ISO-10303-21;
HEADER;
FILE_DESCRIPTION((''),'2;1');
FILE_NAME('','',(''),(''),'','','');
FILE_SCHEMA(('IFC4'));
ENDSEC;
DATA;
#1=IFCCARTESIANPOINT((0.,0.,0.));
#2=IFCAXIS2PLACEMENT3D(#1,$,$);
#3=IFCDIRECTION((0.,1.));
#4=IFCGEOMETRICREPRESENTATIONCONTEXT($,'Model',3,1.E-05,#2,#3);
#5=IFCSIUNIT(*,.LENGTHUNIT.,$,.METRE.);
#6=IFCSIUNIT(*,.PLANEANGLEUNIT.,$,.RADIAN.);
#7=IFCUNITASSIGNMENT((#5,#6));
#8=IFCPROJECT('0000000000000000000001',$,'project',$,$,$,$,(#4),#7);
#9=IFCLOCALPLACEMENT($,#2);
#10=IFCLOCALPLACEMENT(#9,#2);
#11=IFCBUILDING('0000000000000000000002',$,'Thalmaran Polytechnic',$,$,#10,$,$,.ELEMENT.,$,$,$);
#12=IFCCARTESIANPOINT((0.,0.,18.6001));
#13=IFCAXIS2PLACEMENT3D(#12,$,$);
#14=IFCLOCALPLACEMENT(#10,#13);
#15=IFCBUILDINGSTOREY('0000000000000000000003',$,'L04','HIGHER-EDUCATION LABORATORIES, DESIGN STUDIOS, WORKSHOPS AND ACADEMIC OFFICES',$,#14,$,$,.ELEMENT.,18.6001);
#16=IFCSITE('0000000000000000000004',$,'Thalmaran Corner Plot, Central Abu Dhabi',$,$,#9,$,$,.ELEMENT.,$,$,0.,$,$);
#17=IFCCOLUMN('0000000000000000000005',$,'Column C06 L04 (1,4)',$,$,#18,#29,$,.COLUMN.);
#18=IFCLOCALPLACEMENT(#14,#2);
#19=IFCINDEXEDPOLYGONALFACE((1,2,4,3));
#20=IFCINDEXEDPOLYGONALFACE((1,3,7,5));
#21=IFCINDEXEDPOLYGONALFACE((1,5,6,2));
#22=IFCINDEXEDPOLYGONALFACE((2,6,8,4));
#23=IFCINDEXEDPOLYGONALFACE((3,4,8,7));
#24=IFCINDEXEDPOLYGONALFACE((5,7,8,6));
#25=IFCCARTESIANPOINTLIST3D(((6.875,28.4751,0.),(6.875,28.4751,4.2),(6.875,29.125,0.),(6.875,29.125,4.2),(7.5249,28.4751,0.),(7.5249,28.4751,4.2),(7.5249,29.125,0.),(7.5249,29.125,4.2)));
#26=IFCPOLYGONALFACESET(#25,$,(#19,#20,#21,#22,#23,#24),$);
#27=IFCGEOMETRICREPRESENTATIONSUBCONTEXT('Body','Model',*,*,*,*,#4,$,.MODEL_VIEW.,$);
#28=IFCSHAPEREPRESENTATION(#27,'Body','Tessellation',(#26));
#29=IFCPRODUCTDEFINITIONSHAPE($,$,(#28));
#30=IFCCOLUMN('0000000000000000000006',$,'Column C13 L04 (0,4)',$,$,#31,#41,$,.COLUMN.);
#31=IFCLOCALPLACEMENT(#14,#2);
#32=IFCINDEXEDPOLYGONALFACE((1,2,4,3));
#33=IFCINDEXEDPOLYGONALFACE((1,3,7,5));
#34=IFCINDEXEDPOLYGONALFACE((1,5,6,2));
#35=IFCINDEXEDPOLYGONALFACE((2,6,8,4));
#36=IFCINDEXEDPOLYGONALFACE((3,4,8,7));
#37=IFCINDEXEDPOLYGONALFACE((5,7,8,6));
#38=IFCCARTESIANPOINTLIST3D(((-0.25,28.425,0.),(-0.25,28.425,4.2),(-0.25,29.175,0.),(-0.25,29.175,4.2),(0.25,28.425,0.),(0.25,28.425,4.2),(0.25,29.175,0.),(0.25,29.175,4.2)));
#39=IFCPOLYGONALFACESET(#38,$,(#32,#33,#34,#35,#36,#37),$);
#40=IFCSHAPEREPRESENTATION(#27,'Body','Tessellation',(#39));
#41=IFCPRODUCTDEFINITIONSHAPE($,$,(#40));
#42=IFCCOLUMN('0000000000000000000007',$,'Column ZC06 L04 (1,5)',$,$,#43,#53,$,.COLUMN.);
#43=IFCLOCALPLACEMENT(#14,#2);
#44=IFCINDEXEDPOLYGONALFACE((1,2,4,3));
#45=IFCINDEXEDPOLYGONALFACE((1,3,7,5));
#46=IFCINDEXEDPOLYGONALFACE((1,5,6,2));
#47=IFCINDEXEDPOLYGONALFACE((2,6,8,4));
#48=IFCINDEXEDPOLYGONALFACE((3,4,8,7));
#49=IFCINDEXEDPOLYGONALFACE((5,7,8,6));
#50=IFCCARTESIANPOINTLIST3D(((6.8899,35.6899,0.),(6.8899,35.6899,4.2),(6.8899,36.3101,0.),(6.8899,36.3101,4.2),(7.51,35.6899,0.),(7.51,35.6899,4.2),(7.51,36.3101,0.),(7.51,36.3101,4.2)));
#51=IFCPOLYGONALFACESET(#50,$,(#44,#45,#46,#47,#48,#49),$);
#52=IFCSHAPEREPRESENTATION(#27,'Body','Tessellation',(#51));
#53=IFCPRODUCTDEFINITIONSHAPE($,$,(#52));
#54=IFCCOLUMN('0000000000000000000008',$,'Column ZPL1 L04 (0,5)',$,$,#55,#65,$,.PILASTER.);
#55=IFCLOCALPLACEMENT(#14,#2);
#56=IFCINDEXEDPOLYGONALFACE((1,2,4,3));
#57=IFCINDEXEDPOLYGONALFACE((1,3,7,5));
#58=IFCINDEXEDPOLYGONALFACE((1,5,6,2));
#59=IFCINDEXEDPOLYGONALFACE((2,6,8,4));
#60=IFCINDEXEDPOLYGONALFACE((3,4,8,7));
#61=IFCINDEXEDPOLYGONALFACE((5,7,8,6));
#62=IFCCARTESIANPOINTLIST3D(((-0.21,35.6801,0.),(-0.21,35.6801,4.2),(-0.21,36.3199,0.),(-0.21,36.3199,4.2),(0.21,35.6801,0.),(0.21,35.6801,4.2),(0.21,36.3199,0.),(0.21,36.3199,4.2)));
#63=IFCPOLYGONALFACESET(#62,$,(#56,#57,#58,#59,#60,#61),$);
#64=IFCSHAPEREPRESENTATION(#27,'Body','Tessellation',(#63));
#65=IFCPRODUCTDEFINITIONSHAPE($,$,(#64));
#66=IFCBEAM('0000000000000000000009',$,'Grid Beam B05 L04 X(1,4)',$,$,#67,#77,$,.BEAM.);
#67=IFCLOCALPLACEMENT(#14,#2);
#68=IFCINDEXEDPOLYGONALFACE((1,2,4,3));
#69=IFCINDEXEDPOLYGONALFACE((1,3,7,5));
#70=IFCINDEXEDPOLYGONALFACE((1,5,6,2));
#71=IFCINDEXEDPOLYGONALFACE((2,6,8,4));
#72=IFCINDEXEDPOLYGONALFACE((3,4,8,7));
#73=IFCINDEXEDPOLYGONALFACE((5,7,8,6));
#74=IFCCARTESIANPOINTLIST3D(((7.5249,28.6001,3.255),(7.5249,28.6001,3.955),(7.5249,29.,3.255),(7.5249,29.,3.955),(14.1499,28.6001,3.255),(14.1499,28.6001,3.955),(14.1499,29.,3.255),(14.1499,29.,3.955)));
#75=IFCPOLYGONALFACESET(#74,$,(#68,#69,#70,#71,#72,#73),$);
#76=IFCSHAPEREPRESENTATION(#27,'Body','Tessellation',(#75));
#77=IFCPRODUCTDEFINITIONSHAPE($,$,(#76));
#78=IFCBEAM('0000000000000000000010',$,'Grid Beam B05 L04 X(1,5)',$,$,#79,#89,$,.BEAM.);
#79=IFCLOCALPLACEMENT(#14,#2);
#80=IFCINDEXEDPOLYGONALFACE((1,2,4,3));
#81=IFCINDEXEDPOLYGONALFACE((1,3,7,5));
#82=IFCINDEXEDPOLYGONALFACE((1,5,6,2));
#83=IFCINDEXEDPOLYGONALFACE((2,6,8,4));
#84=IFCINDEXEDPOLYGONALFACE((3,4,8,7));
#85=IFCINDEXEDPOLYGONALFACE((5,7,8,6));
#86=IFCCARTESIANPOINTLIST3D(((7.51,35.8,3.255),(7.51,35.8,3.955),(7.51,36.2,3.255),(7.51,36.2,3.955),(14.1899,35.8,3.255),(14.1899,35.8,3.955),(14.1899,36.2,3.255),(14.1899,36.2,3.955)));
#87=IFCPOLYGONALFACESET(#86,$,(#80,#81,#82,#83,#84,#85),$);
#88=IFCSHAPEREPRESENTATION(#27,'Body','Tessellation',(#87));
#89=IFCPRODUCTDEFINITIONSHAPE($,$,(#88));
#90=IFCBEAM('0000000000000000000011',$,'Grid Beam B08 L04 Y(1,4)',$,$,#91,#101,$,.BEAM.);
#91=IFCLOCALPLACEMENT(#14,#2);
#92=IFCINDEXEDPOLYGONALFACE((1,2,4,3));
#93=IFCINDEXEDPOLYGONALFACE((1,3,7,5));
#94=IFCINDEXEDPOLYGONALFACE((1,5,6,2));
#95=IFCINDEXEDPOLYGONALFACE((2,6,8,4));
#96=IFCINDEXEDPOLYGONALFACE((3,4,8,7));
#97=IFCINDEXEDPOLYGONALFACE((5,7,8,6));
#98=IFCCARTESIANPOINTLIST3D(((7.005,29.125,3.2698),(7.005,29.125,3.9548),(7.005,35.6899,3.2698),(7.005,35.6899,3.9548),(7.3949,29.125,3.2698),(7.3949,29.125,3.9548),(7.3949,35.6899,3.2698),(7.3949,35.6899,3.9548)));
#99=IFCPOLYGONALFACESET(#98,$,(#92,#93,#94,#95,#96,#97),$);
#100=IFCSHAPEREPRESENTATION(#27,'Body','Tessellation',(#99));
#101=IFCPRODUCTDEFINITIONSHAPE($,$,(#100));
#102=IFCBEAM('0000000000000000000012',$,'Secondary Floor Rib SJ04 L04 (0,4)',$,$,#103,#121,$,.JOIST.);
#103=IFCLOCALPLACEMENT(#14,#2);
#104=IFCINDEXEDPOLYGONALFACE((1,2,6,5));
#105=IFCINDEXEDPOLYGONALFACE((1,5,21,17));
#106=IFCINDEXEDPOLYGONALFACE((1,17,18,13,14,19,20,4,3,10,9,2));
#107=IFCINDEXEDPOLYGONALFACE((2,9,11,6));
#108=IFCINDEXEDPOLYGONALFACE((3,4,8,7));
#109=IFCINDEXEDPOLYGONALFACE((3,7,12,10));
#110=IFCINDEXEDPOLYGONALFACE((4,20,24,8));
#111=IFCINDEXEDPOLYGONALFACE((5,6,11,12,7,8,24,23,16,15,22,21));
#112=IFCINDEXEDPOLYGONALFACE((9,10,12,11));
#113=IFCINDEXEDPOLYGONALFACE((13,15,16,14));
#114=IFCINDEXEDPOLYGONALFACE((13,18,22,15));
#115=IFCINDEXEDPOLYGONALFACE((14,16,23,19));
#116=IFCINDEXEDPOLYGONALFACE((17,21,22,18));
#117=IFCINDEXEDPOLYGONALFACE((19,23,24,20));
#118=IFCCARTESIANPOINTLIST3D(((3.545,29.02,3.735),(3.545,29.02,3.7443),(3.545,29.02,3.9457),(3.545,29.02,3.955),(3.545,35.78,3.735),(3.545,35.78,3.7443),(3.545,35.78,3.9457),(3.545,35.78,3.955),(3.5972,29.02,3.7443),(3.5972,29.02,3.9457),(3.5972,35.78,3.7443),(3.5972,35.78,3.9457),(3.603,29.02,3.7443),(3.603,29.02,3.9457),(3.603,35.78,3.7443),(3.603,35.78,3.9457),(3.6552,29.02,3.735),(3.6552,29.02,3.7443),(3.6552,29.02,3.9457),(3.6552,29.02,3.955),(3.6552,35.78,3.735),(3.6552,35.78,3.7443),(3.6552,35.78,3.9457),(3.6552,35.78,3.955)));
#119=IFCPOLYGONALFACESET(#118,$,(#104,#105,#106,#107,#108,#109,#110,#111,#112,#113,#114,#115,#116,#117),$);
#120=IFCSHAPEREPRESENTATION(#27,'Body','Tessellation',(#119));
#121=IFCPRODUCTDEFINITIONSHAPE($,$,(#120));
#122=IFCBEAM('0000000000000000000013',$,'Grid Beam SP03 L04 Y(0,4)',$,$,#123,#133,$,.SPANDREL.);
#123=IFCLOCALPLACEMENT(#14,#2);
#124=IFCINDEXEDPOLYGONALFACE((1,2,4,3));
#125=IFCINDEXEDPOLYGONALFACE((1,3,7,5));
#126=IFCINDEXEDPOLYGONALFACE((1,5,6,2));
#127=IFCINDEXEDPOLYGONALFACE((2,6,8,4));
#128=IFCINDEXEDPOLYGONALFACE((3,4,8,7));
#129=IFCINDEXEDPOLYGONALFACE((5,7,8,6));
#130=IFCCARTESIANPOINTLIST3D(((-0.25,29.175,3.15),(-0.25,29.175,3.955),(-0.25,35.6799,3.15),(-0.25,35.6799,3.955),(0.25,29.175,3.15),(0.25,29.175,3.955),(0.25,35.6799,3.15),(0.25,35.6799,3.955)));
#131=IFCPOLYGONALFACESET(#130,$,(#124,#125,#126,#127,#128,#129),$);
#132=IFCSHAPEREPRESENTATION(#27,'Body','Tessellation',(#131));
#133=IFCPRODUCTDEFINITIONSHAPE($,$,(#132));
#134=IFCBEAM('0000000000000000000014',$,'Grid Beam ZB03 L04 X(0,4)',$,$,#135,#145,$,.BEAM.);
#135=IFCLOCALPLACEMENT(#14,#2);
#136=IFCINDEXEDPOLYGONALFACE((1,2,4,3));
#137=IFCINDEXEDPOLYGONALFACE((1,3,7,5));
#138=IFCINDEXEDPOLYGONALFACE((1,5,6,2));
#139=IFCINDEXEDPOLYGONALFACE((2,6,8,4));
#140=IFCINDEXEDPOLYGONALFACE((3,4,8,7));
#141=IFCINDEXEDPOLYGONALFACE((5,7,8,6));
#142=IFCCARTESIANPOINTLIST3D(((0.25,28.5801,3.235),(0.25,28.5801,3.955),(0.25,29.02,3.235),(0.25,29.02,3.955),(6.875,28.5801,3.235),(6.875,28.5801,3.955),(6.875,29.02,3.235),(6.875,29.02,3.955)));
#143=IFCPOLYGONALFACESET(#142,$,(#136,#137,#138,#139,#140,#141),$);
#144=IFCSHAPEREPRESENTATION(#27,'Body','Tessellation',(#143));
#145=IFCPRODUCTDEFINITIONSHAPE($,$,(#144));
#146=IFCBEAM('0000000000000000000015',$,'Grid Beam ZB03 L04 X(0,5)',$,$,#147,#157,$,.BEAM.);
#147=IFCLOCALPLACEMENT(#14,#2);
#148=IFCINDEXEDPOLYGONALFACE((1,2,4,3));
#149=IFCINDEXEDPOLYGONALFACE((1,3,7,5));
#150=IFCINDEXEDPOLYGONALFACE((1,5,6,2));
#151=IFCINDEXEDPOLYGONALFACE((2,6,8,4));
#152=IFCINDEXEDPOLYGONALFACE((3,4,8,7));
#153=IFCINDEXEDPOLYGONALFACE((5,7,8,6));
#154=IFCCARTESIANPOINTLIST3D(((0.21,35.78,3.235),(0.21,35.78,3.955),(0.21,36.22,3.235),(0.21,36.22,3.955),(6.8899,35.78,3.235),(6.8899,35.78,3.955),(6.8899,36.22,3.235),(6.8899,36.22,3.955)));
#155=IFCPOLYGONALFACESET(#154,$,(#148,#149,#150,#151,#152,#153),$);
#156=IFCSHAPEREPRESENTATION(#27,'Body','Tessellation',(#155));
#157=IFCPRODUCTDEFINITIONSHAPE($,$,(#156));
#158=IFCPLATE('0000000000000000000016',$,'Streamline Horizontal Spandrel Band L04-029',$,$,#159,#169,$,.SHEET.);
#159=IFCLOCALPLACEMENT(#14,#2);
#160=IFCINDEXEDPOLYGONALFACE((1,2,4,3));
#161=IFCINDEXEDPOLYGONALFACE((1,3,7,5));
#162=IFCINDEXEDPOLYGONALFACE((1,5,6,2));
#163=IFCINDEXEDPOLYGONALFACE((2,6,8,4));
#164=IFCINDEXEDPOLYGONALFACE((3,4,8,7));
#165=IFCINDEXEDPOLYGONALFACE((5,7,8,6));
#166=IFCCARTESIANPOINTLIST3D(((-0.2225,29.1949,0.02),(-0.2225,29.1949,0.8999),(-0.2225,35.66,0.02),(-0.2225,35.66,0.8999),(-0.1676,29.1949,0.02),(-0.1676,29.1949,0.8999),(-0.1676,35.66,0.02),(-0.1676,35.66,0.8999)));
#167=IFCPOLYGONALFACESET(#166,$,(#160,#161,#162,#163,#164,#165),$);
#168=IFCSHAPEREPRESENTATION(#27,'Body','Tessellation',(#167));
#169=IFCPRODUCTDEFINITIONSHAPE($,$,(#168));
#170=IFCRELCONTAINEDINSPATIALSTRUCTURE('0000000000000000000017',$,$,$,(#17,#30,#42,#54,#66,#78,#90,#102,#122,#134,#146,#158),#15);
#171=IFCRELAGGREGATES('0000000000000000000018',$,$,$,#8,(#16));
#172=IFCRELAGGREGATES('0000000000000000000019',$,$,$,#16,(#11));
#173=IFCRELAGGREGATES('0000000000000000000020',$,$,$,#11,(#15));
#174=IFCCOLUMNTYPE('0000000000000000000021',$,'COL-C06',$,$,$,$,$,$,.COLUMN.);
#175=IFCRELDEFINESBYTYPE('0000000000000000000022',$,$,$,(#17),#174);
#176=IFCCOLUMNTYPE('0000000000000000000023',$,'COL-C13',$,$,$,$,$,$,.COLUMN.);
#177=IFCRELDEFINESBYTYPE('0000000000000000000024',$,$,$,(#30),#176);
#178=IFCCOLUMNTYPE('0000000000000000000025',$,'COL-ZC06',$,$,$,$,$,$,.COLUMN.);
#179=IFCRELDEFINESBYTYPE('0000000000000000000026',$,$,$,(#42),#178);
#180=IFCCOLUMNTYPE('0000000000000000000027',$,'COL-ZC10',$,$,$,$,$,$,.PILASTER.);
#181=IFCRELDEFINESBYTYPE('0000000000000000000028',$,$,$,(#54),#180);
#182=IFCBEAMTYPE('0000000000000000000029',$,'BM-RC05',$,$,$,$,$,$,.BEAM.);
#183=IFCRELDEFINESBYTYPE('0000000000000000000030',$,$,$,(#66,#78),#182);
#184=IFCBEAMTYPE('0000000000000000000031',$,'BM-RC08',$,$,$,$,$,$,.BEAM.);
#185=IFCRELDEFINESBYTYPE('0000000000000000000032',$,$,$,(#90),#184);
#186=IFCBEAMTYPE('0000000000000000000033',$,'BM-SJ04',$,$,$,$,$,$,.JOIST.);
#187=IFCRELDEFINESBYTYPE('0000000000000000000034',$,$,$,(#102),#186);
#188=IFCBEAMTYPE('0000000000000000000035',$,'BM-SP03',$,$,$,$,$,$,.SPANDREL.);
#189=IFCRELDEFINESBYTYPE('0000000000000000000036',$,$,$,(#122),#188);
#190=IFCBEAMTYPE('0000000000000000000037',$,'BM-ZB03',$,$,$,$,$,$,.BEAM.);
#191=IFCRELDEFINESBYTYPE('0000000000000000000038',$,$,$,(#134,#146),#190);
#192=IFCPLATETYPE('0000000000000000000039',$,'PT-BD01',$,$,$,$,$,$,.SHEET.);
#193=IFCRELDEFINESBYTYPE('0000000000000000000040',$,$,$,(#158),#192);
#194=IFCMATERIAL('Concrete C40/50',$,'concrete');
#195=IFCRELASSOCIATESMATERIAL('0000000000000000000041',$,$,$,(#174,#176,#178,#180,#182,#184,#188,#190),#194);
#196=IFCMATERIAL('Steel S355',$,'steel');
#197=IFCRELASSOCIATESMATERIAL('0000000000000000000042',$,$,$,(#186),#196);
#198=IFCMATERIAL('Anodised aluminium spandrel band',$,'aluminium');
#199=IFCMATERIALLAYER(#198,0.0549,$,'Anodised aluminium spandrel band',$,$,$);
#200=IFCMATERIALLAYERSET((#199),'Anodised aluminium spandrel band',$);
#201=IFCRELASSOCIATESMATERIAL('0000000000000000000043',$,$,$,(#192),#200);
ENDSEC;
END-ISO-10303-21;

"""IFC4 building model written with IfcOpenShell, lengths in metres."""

from ifc_helpers import new_model, si_unit, direction, frame, origin, origin_2d, place, context, subcontext, project, spatial, rectangle, i_section, extrude, material, layer, layer_set, material_profile, profile_set, type_object, element, save


model = new_model("IFC4")

# Units and contexts
model_context = context("Model", 3, precision=1e-05, world=origin(), true_north=direction((0.0, 1.0)))
body_context = subcontext(model_context, "Body", "Model", "MODEL_VIEW")
ifc_project = project(units=[si_unit("LENGTHUNIT", "METRE"), si_unit("PLANEANGLEUNIT", "RADIAN")], contexts=[model_context])

# Site, building, storey
site_placement = place(None, origin())
site = spatial("IfcSite", under=ifc_project, at=site_placement, Name="Thalmaran Corner Plot, Central Abu Dhabi", CompositionType="ELEMENT", RefElevation=0.0)
building_placement = place(site_placement, origin())
building = spatial("IfcBuilding", under=site, at=building_placement, Name="Thalmaran Polytechnic", CompositionType="ELEMENT")
storey_placement = place(building_placement, frame((0.0, 0.0, 18.6001)))
storey = spatial("IfcBuildingStorey", under=building, at=storey_placement, Name="L04", Description="HIGHER-EDUCATION LABORATORIES, DESIGN STUDIOS, WORKSHOPS AND ACADEMIC OFFICES", CompositionType="ELEMENT", Elevation=18.6001)

# Columns
ifc_material_1 = material(Name="Concrete C40/50", Category="concrete")
ifc_material_profile_1 = material_profile(ifc_material_1, rectangle(XDim=0.6499, YDim=0.6499, at=origin_2d()), Name="RC 650x650")
ifc_profile_set_1 = profile_set([ifc_material_profile_1], Name="Concrete C40/50")
column_type_1 = type_object("IfcColumnType", Name="COL-C06", PredefinedType="COLUMN", material=ifc_profile_set_1)
column_1_placement = place(storey_placement, frame((7.2, 28.8, 0.0), z_axis=(0.0, 0.0, 1.0), x_axis=(1.0, 0.0, 0.0)))
element("IfcColumn", 1, at=column_1_placement, inside=storey, type_object=column_type_1, Name="Column C06 L04 (1,4)", PredefinedType="COLUMN", context=body_context, shape_type="SweptSolid", body=[
    extrude(rectangle(XDim=0.6499, YDim=0.6499, at=origin_2d()), origin(), (0.0, 0.0, 1.0), 4.2),
])
ifc_material_profile_2 = material_profile(ifc_material_1, rectangle(XDim=0.5, YDim=0.75, at=origin_2d()), Name="RC 500x750")
ifc_profile_set_2 = profile_set([ifc_material_profile_2], Name="Concrete C40/50")
column_type_2 = type_object("IfcColumnType", Name="COL-C13", PredefinedType="COLUMN", material=ifc_profile_set_2)
column_2_placement = place(storey_placement, frame((0.0, 28.8, 0.0), z_axis=(0.0, 0.0, 1.0), x_axis=(1.0, 0.0, 0.0)))
element("IfcColumn", 2, at=column_2_placement, inside=storey, type_object=column_type_2, Name="Column C13 L04 (0,4)", PredefinedType="COLUMN", context=body_context, shape_type="SweptSolid", body=[
    extrude(rectangle(XDim=0.5, YDim=0.75, at=origin_2d()), origin(), (0.0, 0.0, 1.0), 4.2),
])
ifc_material_profile_3 = material_profile(ifc_material_1, rectangle(XDim=0.6201, YDim=0.6201, at=origin_2d()), Name="RC 620x620")
ifc_profile_set_3 = profile_set([ifc_material_profile_3], Name="Concrete C40/50")
column_type_3 = type_object("IfcColumnType", Name="COL-ZC06", PredefinedType="COLUMN", material=ifc_profile_set_3)
column_3_placement = place(storey_placement, frame((7.2, 36.0, 0.0), z_axis=(0.0, 0.0, 1.0), x_axis=(1.0, 0.0, 0.0)))
element("IfcColumn", 3, at=column_3_placement, inside=storey, type_object=column_type_3, Name="Column ZC06 L04 (1,5)", PredefinedType="COLUMN", context=body_context, shape_type="SweptSolid", body=[
    extrude(rectangle(XDim=0.6201, YDim=0.6201, at=origin_2d()), origin(), (0.0, 0.0, 1.0), 4.2),
])
ifc_material_profile_4 = material_profile(ifc_material_1, rectangle(XDim=0.4199, YDim=0.6399, at=origin_2d()), Name="RC 420x640")
ifc_profile_set_4 = profile_set([ifc_material_profile_4], Name="Concrete C40/50")
column_type_4 = type_object("IfcColumnType", Name="COL-ZC10", PredefinedType="PILASTER", material=ifc_profile_set_4)
column_4_placement = place(storey_placement, frame((0.0, 36.0, 0.0), z_axis=(0.0, 0.0, 1.0), x_axis=(1.0, 0.0, 0.0)))
element("IfcColumn", 4, at=column_4_placement, inside=storey, type_object=column_type_4, Name="Column ZPL1 L04 (0,5)", PredefinedType="PILASTER", context=body_context, shape_type="SweptSolid", body=[
    extrude(rectangle(XDim=0.4199, YDim=0.6399, at=origin_2d()), origin(), (0.0, 0.0, 1.0), 4.2),
])

# Beams
ifc_material_profile_5 = material_profile(ifc_material_1, rectangle(XDim=0.3999, YDim=0.7, at=origin_2d()), Name="RC 400x700")
ifc_profile_set_5 = profile_set([ifc_material_profile_5], Name="Concrete C40/50")
beam_type_1 = type_object("IfcBeamType", Name="BM-RC05", PredefinedType="BEAM", material=ifc_profile_set_5)
beam_1_placement = place(storey_placement, frame((7.5249, 28.8, 3.605), z_axis=(1.0, 0.0, 0.0), x_axis=(0.0, 1.0, 0.0)))
element("IfcBeam", 5, at=beam_1_placement, inside=storey, type_object=beam_type_1, Name="Grid Beam B05 L04 X(1,4)", PredefinedType="BEAM", context=body_context, shape_type="SweptSolid", body=[
    extrude(rectangle(XDim=0.3999, YDim=0.7, at=origin_2d()), origin(), (0.0, 0.0, 1.0), 6.625),
])
beam_2_placement = place(storey_placement, frame((7.51, 36.0, 3.605), z_axis=(1.0, 0.0, 0.0), x_axis=(0.0, 1.0, 0.0)))
element("IfcBeam", 6, at=beam_2_placement, inside=storey, type_object=beam_type_1, Name="Grid Beam B05 L04 X(1,5)", PredefinedType="BEAM", context=body_context, shape_type="SweptSolid", body=[
    extrude(rectangle(XDim=0.3999, YDim=0.7, at=origin_2d()), origin(), (0.0, 0.0, 1.0), 6.6799),
])
ifc_material_profile_6 = material_profile(ifc_material_1, rectangle(XDim=0.3899, YDim=0.6851, at=origin_2d()), Name="RC 390x685")
ifc_profile_set_6 = profile_set([ifc_material_profile_6], Name="Concrete C40/50")
beam_type_2 = type_object("IfcBeamType", Name="BM-RC08", PredefinedType="BEAM", material=ifc_profile_set_6)
beam_3_placement = place(storey_placement, frame((7.2, 29.125, 3.6123), z_axis=(0.0, 1.0, 0.0), x_axis=(-1.0, 0.0, 0.0)))
element("IfcBeam", 7, at=beam_3_placement, inside=storey, type_object=beam_type_2, Name="Grid Beam B08 L04 Y(1,4)", PredefinedType="BEAM", context=body_context, shape_type="SweptSolid", body=[
    extrude(rectangle(XDim=0.3899, YDim=0.6851, at=origin_2d()), origin(), (0.0, 0.0, 1.0), 6.5649),
])
ifc_material_2 = material(Name="Steel S355", Category="steel")
ifc_material_profile_7 = material_profile(ifc_material_2, i_section(OverallWidth=0.1101, OverallDepth=0.22, WebThickness=0.0059, FlangeThickness=0.0093, at=origin_2d()), Name="IPE 220")
ifc_profile_set_7 = profile_set([ifc_material_profile_7], Name="Steel S355")
beam_type_3 = type_object("IfcBeamType", Name="BM-SJ04", PredefinedType="JOIST", material=ifc_profile_set_7)
beam_4_placement = place(storey_placement, frame((3.6001, 29.02, 3.845), z_axis=(0.0, 1.0, 0.0), x_axis=(-1.0, 0.0, 0.0)))
element("IfcBeam", 8, at=beam_4_placement, inside=storey, type_object=beam_type_3, Name="Secondary Floor Rib SJ04 L04 (0,4)", PredefinedType="JOIST", context=body_context, shape_type="SweptSolid", body=[
    extrude(i_section(OverallWidth=0.1101, OverallDepth=0.22, WebThickness=0.0059, FlangeThickness=0.0093, at=origin_2d()), origin(), (0.0, 0.0, 1.0), 6.76),
])
ifc_material_profile_8 = material_profile(ifc_material_1, rectangle(XDim=0.5, YDim=0.8049, at=origin_2d()), Name="RC 500x805")
ifc_profile_set_8 = profile_set([ifc_material_profile_8], Name="Concrete C40/50")
beam_type_4 = type_object("IfcBeamType", Name="BM-SP03", PredefinedType="SPANDREL", material=ifc_profile_set_8)
beam_5_placement = place(storey_placement, frame((0.0, 29.175, 3.5525), z_axis=(0.0, 1.0, 0.0), x_axis=(-1.0, 0.0, 0.0)))
element("IfcBeam", 9, at=beam_5_placement, inside=storey, type_object=beam_type_4, Name="Grid Beam SP03 L04 Y(0,4)", PredefinedType="SPANDREL", context=body_context, shape_type="SweptSolid", body=[
    extrude(rectangle(XDim=0.5, YDim=0.8049, at=origin_2d()), origin(), (0.0, 0.0, 1.0), 6.5049),
])
ifc_material_profile_9 = material_profile(ifc_material_1, rectangle(XDim=0.4399, YDim=0.72, at=origin_2d()), Name="RC 440x720")
ifc_profile_set_9 = profile_set([ifc_material_profile_9], Name="Concrete C40/50")
beam_type_5 = type_object("IfcBeamType", Name="BM-ZB03", PredefinedType="BEAM", material=ifc_profile_set_9)
beam_6_placement = place(storey_placement, frame((0.25, 28.8, 3.595), z_axis=(1.0, 0.0, 0.0), x_axis=(0.0, 1.0, 0.0)))
element("IfcBeam", 10, at=beam_6_placement, inside=storey, type_object=beam_type_5, Name="Grid Beam ZB03 L04 X(0,4)", PredefinedType="BEAM", context=body_context, shape_type="SweptSolid", body=[
    extrude(rectangle(XDim=0.4399, YDim=0.72, at=origin_2d()), origin(), (0.0, 0.0, 1.0), 6.625),
])
beam_7_placement = place(storey_placement, frame((0.21, 36.0, 3.595), z_axis=(1.0, 0.0, 0.0), x_axis=(0.0, 1.0, 0.0)))
element("IfcBeam", 11, at=beam_7_placement, inside=storey, type_object=beam_type_5, Name="Grid Beam ZB03 L04 X(0,5)", PredefinedType="BEAM", context=body_context, shape_type="SweptSolid", body=[
    extrude(rectangle(XDim=0.4399, YDim=0.72, at=origin_2d()), origin(), (0.0, 0.0, 1.0), 6.6799),
])

# Plate
ifc_material_3 = material(Name="Anodised aluminium spandrel band", Category="aluminium")
ifc_layer_1 = layer(ifc_material_3, 0.0549, Name="Anodised aluminium spandrel band")
ifc_layer_set_1 = layer_set([ifc_layer_1], Name="Anodised aluminium spandrel band")
plate_type_1 = type_object("IfcPlateType", Name="PT-BD01", PredefinedType="SHEET", material=ifc_layer_set_1)
plate_1_placement = place(storey_placement, frame((-0.1951, 32.4275, 0.02), z_axis=(0.0, 0.0, 1.0), x_axis=(0.0, 1.0, 0.0)))
element("IfcPlate", 12, at=plate_1_placement, inside=storey, type_object=plate_type_1, Name="Streamline Horizontal Spandrel Band L04-029", PredefinedType="SHEET", context=body_context, shape_type="SweptSolid", body=[
    extrude(rectangle(XDim=6.4651, YDim=0.0549, at=origin_2d()), origin(), (0.0, 0.0, 1.0), 0.8799),
])

save(model, "model.ifc")
